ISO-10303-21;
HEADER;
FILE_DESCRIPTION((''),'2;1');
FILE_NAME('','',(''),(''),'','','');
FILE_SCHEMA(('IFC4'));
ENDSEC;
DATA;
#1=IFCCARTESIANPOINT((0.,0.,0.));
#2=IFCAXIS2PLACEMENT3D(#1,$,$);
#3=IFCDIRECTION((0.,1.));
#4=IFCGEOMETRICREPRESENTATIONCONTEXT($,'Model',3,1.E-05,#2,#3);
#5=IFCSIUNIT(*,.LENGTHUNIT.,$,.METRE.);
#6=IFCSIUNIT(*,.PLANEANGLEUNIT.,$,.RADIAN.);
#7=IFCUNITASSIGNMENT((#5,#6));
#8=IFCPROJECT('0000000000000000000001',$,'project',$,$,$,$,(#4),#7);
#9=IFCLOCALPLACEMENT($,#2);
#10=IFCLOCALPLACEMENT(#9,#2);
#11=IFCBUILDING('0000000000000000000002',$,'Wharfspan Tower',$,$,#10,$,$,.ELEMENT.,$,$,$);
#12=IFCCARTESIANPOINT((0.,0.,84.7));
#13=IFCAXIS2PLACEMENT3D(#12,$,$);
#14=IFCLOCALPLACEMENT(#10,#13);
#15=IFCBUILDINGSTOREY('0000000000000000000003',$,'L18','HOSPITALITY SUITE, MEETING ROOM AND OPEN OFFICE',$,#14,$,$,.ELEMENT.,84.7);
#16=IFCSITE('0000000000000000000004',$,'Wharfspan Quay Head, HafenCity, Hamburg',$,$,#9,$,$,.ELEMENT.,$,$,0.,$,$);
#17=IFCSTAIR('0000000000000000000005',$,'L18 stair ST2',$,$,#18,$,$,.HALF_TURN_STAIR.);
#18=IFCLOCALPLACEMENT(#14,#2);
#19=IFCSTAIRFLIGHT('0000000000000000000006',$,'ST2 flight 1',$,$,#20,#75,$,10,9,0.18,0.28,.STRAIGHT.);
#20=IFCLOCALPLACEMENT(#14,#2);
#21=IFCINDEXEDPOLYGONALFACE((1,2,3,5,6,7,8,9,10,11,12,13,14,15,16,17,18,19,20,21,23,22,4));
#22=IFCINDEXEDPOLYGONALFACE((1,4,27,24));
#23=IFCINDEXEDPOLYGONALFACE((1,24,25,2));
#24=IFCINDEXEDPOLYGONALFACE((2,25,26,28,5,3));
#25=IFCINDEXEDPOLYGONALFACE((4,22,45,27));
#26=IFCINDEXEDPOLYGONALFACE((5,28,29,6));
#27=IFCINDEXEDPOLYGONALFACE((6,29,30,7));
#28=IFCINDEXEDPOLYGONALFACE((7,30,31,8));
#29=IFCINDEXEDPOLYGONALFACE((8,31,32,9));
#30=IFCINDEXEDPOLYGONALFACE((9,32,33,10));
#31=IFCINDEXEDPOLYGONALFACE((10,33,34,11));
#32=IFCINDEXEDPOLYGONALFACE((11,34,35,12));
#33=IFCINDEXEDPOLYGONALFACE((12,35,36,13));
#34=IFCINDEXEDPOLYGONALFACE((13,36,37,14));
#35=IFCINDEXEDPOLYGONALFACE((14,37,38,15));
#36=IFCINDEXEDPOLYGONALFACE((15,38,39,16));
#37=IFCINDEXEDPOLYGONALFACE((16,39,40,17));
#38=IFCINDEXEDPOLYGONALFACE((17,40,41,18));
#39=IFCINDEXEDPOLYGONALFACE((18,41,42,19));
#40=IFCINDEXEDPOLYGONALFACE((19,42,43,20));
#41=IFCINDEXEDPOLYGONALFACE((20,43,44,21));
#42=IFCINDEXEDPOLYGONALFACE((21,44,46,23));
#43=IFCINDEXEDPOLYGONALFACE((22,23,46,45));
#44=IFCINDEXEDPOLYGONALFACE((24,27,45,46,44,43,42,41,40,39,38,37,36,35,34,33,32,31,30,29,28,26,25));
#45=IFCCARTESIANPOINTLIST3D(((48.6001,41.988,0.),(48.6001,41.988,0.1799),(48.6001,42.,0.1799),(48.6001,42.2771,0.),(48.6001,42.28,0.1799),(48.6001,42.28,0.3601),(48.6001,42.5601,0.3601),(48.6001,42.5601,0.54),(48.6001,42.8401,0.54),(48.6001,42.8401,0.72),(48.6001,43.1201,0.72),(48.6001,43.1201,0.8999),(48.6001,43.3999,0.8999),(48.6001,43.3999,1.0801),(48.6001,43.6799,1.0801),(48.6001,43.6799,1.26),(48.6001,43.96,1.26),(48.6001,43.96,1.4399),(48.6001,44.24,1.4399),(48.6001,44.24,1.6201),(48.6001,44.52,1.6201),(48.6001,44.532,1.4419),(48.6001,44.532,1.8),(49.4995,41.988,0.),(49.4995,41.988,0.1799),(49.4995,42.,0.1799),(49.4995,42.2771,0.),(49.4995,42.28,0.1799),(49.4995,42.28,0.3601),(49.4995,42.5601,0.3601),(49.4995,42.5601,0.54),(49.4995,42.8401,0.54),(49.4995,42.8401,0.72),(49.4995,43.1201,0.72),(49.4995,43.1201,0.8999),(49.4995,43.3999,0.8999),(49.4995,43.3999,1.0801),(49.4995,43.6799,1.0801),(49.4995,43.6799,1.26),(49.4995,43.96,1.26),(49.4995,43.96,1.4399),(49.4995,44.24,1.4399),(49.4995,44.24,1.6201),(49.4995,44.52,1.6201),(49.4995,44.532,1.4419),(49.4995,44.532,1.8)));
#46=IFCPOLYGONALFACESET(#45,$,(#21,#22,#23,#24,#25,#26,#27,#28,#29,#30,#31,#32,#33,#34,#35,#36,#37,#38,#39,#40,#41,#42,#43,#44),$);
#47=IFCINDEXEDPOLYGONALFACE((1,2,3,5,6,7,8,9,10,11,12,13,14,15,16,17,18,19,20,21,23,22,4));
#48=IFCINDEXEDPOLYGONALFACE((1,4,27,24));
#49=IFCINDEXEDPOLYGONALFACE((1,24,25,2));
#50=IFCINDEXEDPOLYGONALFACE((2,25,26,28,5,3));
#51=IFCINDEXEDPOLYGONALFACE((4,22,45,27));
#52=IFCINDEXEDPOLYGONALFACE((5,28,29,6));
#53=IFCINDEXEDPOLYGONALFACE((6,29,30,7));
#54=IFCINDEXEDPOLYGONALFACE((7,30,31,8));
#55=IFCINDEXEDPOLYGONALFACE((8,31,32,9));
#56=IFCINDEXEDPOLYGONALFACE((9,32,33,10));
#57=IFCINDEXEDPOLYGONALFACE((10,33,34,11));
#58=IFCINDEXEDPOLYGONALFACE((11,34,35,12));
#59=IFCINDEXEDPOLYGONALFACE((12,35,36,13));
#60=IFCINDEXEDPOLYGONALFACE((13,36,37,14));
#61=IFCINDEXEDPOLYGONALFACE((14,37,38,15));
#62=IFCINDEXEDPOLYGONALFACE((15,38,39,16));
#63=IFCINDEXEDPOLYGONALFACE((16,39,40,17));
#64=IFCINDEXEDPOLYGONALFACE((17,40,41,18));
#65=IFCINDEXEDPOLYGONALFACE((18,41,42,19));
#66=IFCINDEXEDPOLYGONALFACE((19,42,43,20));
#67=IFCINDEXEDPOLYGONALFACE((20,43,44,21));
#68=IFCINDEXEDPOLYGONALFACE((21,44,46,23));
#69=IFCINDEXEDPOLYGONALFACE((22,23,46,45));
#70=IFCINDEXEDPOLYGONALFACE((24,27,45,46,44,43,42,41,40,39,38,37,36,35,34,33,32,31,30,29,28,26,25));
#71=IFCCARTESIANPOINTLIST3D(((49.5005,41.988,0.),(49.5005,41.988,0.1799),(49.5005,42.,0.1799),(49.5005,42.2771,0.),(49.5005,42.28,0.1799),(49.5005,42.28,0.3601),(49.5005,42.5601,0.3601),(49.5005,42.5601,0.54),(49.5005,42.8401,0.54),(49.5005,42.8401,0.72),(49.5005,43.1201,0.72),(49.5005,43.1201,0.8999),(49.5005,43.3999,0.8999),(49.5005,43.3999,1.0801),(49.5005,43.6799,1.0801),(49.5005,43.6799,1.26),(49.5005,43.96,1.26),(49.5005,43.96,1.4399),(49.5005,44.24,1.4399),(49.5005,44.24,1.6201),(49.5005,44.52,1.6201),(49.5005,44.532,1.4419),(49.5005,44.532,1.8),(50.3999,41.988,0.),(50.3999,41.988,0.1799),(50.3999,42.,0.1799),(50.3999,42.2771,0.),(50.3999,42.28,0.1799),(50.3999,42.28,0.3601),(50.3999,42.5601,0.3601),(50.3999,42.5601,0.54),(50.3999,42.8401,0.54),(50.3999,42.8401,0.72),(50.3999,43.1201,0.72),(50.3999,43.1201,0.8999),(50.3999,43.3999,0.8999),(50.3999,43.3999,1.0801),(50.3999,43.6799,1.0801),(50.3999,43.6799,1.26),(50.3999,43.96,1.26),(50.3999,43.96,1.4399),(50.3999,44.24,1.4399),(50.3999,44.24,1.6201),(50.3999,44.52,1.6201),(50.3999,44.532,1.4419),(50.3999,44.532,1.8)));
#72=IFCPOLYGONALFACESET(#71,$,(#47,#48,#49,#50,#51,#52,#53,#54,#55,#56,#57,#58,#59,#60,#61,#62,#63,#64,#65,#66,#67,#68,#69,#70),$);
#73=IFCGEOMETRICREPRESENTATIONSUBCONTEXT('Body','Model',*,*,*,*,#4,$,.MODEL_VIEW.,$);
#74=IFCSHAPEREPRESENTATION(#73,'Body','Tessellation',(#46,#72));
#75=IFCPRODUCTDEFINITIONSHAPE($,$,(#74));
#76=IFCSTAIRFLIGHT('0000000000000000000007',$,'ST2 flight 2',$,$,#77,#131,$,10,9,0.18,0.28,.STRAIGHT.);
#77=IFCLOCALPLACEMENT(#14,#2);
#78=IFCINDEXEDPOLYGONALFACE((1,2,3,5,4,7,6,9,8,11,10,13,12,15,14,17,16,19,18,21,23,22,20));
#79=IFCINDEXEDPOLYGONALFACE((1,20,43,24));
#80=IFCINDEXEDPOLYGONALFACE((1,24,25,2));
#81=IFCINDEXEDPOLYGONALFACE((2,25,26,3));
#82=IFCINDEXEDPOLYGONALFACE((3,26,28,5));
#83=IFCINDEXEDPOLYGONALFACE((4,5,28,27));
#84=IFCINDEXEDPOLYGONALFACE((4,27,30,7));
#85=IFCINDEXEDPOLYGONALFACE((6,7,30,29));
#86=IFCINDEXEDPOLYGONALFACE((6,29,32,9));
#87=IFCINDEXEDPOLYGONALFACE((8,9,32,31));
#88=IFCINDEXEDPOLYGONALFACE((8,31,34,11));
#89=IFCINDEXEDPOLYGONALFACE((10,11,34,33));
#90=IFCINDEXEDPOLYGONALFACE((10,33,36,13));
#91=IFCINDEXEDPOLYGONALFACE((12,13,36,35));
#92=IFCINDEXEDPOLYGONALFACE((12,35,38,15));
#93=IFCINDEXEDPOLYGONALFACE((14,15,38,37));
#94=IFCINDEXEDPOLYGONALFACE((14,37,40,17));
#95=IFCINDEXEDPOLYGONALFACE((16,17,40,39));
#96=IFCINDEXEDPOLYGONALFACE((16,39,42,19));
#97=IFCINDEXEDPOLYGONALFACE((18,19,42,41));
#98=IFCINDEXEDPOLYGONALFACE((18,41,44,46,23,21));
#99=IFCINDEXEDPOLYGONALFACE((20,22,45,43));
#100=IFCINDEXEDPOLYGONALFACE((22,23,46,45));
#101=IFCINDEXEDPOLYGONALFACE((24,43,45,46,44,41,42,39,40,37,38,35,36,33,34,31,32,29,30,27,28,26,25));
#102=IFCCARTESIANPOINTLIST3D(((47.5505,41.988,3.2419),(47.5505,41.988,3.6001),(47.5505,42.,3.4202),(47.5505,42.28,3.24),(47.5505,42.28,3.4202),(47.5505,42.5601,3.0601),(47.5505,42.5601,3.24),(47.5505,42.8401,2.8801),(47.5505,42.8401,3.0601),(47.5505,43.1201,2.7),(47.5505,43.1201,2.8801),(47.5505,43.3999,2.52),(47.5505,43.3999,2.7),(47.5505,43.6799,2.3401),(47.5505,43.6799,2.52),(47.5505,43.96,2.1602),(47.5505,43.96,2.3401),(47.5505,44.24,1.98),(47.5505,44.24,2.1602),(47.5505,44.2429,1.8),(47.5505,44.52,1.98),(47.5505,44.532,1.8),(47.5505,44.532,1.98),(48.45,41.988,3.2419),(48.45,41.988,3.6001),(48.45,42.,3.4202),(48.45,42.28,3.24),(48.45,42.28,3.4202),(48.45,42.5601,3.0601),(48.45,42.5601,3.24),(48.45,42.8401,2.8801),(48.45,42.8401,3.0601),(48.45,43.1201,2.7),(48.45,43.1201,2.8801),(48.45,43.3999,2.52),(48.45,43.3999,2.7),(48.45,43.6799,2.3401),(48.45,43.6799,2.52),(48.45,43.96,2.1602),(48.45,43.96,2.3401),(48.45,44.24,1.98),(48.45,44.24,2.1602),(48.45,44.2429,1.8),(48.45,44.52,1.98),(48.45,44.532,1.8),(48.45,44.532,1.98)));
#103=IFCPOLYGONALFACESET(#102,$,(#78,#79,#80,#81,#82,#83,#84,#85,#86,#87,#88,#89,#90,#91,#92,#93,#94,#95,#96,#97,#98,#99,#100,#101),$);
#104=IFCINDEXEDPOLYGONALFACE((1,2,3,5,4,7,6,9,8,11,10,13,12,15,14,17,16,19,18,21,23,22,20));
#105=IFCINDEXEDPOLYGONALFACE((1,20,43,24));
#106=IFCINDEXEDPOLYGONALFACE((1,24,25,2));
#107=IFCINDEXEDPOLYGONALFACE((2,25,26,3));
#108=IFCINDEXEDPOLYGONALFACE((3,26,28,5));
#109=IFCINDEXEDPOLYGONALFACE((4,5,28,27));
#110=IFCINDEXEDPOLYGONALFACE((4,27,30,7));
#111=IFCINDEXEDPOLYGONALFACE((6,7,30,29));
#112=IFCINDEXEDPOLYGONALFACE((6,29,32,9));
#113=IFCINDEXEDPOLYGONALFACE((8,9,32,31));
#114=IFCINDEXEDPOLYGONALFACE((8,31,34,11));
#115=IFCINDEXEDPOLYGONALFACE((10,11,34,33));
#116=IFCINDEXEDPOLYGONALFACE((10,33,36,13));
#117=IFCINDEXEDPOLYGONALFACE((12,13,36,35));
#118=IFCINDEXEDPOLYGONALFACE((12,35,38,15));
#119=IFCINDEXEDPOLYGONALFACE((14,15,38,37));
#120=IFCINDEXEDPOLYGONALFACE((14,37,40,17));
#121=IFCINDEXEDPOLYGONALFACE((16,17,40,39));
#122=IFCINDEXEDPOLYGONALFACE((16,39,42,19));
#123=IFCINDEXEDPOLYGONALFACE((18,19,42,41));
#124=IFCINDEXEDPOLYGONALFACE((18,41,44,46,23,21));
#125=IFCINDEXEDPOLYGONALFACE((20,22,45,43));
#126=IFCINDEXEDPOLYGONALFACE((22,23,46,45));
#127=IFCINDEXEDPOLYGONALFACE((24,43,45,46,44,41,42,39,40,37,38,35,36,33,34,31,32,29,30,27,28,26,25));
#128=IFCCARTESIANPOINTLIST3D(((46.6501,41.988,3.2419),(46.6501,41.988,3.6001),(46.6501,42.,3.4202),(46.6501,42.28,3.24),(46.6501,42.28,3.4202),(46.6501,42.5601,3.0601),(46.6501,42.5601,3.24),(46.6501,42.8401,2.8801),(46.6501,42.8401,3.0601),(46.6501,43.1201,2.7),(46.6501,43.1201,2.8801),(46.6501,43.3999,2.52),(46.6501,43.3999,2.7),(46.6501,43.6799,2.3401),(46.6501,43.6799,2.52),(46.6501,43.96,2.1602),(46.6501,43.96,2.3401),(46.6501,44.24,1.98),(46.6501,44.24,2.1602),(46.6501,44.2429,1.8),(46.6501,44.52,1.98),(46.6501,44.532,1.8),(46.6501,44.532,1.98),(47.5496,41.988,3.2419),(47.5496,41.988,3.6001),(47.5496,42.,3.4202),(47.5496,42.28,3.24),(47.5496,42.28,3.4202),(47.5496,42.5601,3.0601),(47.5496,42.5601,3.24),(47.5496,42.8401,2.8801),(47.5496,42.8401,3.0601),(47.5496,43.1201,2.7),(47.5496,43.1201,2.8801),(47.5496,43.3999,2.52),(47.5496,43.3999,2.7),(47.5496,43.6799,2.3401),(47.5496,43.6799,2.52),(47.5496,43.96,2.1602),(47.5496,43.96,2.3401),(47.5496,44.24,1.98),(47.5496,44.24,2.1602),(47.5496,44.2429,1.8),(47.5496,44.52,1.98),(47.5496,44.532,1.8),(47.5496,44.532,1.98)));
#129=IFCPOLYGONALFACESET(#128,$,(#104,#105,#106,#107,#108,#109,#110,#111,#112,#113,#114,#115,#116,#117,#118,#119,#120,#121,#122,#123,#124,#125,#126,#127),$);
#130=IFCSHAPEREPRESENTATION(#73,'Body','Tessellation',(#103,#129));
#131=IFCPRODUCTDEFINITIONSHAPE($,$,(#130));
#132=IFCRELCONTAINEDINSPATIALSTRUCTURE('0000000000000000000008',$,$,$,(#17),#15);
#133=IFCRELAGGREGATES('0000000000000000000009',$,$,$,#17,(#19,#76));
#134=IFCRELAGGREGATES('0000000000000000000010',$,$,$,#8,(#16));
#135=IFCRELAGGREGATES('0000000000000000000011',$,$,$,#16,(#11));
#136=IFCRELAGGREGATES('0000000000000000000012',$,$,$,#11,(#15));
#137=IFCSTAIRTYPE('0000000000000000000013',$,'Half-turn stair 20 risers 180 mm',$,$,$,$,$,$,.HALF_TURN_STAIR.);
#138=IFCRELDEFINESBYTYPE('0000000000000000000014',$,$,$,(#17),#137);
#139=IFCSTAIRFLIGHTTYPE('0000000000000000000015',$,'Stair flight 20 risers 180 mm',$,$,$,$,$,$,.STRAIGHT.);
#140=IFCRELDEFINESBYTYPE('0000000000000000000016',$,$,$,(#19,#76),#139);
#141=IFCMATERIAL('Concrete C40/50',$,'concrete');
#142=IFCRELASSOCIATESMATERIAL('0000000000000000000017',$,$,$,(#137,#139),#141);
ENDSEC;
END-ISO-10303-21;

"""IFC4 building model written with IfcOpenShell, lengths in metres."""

from ifc_helpers import new_model, si_unit, direction, frame, origin, place, context, subcontext, project, spatial, polyline, outline, extrude, material, type_object, element, aggregate, save


model = new_model("IFC4")

# Units and contexts
model_context = context("Model", 3, precision=1e-05, world=origin(), true_north=direction((0.0, 1.0)))
body_context = subcontext(model_context, "Body", "Model", "MODEL_VIEW")
ifc_project = project(units=[si_unit("LENGTHUNIT", "METRE"), si_unit("PLANEANGLEUNIT", "RADIAN")], contexts=[model_context])

# Site, building, storey
site_placement = place(None, origin())
site = spatial("IfcSite", under=ifc_project, at=site_placement, Name="Wharfspan Quay Head, HafenCity, Hamburg", CompositionType="ELEMENT", RefElevation=0.0)
building_placement = place(site_placement, origin())
building = spatial("IfcBuilding", under=site, at=building_placement, Name="Wharfspan Tower", CompositionType="ELEMENT")
storey_placement = place(building_placement, frame((0.0, 0.0, 84.7)))
storey = spatial("IfcBuildingStorey", under=building, at=storey_placement, Name="L18", Description="HOSPITALITY SUITE, MEETING ROOM AND OPEN OFFICE", CompositionType="ELEMENT", Elevation=84.7)

# Shared definitions
ifc_material_1 = material(Name="Concrete C40/50", Category="concrete")

# Stair, stair flights
stair_type = type_object("IfcStairType", Name="Half-turn stair 20 risers 180 mm", PredefinedType="HALF_TURN_STAIR", material=ifc_material_1)
stair_placement = place(storey_placement, origin())
stair = element("IfcStair", 1, at=stair_placement, inside=storey, type_object=stair_type, Name="L18 stair ST2", PredefinedType="HALF_TURN_STAIR")
stair_flight_type = type_object("IfcStairFlightType", Name="Stair flight 20 risers 180 mm", PredefinedType="STRAIGHT", material=ifc_material_1)
stair_flight_1_placement = place(storey_placement, frame((49.5, 42.0, 0.0), z_axis=(0.0, 0.0, 1.0), x_axis=(0.0, 1.0, 0.0)))
stair_flight_1 = element("IfcStairFlight", 2, at=stair_flight_1_placement, type_object=stair_flight_type, Name="ST2 flight 1", NumberOfRisers=10, NumberOfTreads=9, PredefinedType="STRAIGHT", RiserHeight=0.18, TreadLength=0.28, context=body_context, shape_type="SweptSolid", body=[
    extrude(outline(polyline([(-0.012, 0.0), (-0.012, 0.1799), (0.0, 0.1799), (0.28, 0.1799), (0.28, 0.3601), (0.5601, 0.3601), (0.5601, 0.54), (0.8401, 0.54), (0.8401, 0.72), (1.1201, 0.72), (1.1201, 0.8999), (1.3999, 0.8999), (1.3999, 1.0801), (1.6799, 1.0801), (1.6799, 1.26), (1.96, 1.26), (1.96, 1.4399), (2.24, 1.4399), (2.24, 1.6201), (2.52, 1.6201), (2.532, 1.8), (2.532, 1.4419), (0.2771, 0.0), (-0.012, 0.0)])), frame((0.0, 0.8999, 0.0), z_axis=(0.0, -1.0, 0.0), x_axis=(1.0, 0.0, 0.0)), (0.0, 0.0, 1.0), 0.8994),
    extrude(outline(polyline([(-0.012, 0.0), (-0.012, 0.1799), (0.0, 0.1799), (0.28, 0.1799), (0.28, 0.3601), (0.5601, 0.3601), (0.5601, 0.54), (0.8401, 0.54), (0.8401, 0.72), (1.1201, 0.72), (1.1201, 0.8999), (1.3999, 0.8999), (1.3999, 1.0801), (1.6799, 1.0801), (1.6799, 1.26), (1.96, 1.26), (1.96, 1.4399), (2.24, 1.4399), (2.24, 1.6201), (2.52, 1.6201), (2.532, 1.8), (2.532, 1.4419), (0.2771, 0.0), (-0.012, 0.0)])), frame((0.0, -0.0005, 0.0), z_axis=(0.0, -1.0, 0.0), x_axis=(1.0, 0.0, 0.0)), (0.0, 0.0, 1.0), 0.8994),
])
stair_flight_2_placement = place(storey_placement, frame((47.55, 44.52, 1.8), z_axis=(0.0, 0.0, 1.0), x_axis=(0.0, -1.0, 0.0)))
stair_flight_2 = element("IfcStairFlight", 3, at=stair_flight_2_placement, type_object=stair_flight_type, Name="ST2 flight 2", NumberOfRisers=10, NumberOfTreads=9, PredefinedType="STRAIGHT", RiserHeight=0.18, TreadLength=0.28, context=body_context, shape_type="SweptSolid", body=[
    extrude(outline(polyline([(-0.012, 0.0), (-0.012, 0.1799), (0.0, 0.1799), (0.28, 0.1799), (0.28, 0.3601), (0.5601, 0.3601), (0.5601, 0.54), (0.8401, 0.54), (0.8401, 0.72), (1.1201, 0.72), (1.1201, 0.8999), (1.3999, 0.8999), (1.3999, 1.0801), (1.6799, 1.0801), (1.6799, 1.26), (1.96, 1.26), (1.96, 1.4399), (2.24, 1.4399), (2.24, 1.6201), (2.52, 1.6201), (2.532, 1.8), (2.532, 1.4419), (0.2771, 0.0), (-0.012, 0.0)])), frame((0.0, 0.8999, 0.0), z_axis=(0.0, -1.0, 0.0), x_axis=(1.0, 0.0, 0.0)), (0.0, 0.0, 1.0), 0.8994),
    extrude(outline(polyline([(-0.012, 0.0), (-0.012, 0.1799), (0.0, 0.1799), (0.28, 0.1799), (0.28, 0.3601), (0.5601, 0.3601), (0.5601, 0.54), (0.8401, 0.54), (0.8401, 0.72), (1.1201, 0.72), (1.1201, 0.8999), (1.3999, 0.8999), (1.3999, 1.0801), (1.6799, 1.0801), (1.6799, 1.26), (1.96, 1.26), (1.96, 1.4399), (2.24, 1.4399), (2.24, 1.6201), (2.52, 1.6201), (2.532, 1.8), (2.532, 1.4419), (0.2771, 0.0), (-0.012, 0.0)])), frame((0.0, -0.0005, 0.0), z_axis=(0.0, -1.0, 0.0), x_axis=(1.0, 0.0, 0.0)), (0.0, 0.0, 1.0), 0.8994),
])
aggregate(stair, [stair_flight_1, stair_flight_2])

save(model, "model.ifc")
